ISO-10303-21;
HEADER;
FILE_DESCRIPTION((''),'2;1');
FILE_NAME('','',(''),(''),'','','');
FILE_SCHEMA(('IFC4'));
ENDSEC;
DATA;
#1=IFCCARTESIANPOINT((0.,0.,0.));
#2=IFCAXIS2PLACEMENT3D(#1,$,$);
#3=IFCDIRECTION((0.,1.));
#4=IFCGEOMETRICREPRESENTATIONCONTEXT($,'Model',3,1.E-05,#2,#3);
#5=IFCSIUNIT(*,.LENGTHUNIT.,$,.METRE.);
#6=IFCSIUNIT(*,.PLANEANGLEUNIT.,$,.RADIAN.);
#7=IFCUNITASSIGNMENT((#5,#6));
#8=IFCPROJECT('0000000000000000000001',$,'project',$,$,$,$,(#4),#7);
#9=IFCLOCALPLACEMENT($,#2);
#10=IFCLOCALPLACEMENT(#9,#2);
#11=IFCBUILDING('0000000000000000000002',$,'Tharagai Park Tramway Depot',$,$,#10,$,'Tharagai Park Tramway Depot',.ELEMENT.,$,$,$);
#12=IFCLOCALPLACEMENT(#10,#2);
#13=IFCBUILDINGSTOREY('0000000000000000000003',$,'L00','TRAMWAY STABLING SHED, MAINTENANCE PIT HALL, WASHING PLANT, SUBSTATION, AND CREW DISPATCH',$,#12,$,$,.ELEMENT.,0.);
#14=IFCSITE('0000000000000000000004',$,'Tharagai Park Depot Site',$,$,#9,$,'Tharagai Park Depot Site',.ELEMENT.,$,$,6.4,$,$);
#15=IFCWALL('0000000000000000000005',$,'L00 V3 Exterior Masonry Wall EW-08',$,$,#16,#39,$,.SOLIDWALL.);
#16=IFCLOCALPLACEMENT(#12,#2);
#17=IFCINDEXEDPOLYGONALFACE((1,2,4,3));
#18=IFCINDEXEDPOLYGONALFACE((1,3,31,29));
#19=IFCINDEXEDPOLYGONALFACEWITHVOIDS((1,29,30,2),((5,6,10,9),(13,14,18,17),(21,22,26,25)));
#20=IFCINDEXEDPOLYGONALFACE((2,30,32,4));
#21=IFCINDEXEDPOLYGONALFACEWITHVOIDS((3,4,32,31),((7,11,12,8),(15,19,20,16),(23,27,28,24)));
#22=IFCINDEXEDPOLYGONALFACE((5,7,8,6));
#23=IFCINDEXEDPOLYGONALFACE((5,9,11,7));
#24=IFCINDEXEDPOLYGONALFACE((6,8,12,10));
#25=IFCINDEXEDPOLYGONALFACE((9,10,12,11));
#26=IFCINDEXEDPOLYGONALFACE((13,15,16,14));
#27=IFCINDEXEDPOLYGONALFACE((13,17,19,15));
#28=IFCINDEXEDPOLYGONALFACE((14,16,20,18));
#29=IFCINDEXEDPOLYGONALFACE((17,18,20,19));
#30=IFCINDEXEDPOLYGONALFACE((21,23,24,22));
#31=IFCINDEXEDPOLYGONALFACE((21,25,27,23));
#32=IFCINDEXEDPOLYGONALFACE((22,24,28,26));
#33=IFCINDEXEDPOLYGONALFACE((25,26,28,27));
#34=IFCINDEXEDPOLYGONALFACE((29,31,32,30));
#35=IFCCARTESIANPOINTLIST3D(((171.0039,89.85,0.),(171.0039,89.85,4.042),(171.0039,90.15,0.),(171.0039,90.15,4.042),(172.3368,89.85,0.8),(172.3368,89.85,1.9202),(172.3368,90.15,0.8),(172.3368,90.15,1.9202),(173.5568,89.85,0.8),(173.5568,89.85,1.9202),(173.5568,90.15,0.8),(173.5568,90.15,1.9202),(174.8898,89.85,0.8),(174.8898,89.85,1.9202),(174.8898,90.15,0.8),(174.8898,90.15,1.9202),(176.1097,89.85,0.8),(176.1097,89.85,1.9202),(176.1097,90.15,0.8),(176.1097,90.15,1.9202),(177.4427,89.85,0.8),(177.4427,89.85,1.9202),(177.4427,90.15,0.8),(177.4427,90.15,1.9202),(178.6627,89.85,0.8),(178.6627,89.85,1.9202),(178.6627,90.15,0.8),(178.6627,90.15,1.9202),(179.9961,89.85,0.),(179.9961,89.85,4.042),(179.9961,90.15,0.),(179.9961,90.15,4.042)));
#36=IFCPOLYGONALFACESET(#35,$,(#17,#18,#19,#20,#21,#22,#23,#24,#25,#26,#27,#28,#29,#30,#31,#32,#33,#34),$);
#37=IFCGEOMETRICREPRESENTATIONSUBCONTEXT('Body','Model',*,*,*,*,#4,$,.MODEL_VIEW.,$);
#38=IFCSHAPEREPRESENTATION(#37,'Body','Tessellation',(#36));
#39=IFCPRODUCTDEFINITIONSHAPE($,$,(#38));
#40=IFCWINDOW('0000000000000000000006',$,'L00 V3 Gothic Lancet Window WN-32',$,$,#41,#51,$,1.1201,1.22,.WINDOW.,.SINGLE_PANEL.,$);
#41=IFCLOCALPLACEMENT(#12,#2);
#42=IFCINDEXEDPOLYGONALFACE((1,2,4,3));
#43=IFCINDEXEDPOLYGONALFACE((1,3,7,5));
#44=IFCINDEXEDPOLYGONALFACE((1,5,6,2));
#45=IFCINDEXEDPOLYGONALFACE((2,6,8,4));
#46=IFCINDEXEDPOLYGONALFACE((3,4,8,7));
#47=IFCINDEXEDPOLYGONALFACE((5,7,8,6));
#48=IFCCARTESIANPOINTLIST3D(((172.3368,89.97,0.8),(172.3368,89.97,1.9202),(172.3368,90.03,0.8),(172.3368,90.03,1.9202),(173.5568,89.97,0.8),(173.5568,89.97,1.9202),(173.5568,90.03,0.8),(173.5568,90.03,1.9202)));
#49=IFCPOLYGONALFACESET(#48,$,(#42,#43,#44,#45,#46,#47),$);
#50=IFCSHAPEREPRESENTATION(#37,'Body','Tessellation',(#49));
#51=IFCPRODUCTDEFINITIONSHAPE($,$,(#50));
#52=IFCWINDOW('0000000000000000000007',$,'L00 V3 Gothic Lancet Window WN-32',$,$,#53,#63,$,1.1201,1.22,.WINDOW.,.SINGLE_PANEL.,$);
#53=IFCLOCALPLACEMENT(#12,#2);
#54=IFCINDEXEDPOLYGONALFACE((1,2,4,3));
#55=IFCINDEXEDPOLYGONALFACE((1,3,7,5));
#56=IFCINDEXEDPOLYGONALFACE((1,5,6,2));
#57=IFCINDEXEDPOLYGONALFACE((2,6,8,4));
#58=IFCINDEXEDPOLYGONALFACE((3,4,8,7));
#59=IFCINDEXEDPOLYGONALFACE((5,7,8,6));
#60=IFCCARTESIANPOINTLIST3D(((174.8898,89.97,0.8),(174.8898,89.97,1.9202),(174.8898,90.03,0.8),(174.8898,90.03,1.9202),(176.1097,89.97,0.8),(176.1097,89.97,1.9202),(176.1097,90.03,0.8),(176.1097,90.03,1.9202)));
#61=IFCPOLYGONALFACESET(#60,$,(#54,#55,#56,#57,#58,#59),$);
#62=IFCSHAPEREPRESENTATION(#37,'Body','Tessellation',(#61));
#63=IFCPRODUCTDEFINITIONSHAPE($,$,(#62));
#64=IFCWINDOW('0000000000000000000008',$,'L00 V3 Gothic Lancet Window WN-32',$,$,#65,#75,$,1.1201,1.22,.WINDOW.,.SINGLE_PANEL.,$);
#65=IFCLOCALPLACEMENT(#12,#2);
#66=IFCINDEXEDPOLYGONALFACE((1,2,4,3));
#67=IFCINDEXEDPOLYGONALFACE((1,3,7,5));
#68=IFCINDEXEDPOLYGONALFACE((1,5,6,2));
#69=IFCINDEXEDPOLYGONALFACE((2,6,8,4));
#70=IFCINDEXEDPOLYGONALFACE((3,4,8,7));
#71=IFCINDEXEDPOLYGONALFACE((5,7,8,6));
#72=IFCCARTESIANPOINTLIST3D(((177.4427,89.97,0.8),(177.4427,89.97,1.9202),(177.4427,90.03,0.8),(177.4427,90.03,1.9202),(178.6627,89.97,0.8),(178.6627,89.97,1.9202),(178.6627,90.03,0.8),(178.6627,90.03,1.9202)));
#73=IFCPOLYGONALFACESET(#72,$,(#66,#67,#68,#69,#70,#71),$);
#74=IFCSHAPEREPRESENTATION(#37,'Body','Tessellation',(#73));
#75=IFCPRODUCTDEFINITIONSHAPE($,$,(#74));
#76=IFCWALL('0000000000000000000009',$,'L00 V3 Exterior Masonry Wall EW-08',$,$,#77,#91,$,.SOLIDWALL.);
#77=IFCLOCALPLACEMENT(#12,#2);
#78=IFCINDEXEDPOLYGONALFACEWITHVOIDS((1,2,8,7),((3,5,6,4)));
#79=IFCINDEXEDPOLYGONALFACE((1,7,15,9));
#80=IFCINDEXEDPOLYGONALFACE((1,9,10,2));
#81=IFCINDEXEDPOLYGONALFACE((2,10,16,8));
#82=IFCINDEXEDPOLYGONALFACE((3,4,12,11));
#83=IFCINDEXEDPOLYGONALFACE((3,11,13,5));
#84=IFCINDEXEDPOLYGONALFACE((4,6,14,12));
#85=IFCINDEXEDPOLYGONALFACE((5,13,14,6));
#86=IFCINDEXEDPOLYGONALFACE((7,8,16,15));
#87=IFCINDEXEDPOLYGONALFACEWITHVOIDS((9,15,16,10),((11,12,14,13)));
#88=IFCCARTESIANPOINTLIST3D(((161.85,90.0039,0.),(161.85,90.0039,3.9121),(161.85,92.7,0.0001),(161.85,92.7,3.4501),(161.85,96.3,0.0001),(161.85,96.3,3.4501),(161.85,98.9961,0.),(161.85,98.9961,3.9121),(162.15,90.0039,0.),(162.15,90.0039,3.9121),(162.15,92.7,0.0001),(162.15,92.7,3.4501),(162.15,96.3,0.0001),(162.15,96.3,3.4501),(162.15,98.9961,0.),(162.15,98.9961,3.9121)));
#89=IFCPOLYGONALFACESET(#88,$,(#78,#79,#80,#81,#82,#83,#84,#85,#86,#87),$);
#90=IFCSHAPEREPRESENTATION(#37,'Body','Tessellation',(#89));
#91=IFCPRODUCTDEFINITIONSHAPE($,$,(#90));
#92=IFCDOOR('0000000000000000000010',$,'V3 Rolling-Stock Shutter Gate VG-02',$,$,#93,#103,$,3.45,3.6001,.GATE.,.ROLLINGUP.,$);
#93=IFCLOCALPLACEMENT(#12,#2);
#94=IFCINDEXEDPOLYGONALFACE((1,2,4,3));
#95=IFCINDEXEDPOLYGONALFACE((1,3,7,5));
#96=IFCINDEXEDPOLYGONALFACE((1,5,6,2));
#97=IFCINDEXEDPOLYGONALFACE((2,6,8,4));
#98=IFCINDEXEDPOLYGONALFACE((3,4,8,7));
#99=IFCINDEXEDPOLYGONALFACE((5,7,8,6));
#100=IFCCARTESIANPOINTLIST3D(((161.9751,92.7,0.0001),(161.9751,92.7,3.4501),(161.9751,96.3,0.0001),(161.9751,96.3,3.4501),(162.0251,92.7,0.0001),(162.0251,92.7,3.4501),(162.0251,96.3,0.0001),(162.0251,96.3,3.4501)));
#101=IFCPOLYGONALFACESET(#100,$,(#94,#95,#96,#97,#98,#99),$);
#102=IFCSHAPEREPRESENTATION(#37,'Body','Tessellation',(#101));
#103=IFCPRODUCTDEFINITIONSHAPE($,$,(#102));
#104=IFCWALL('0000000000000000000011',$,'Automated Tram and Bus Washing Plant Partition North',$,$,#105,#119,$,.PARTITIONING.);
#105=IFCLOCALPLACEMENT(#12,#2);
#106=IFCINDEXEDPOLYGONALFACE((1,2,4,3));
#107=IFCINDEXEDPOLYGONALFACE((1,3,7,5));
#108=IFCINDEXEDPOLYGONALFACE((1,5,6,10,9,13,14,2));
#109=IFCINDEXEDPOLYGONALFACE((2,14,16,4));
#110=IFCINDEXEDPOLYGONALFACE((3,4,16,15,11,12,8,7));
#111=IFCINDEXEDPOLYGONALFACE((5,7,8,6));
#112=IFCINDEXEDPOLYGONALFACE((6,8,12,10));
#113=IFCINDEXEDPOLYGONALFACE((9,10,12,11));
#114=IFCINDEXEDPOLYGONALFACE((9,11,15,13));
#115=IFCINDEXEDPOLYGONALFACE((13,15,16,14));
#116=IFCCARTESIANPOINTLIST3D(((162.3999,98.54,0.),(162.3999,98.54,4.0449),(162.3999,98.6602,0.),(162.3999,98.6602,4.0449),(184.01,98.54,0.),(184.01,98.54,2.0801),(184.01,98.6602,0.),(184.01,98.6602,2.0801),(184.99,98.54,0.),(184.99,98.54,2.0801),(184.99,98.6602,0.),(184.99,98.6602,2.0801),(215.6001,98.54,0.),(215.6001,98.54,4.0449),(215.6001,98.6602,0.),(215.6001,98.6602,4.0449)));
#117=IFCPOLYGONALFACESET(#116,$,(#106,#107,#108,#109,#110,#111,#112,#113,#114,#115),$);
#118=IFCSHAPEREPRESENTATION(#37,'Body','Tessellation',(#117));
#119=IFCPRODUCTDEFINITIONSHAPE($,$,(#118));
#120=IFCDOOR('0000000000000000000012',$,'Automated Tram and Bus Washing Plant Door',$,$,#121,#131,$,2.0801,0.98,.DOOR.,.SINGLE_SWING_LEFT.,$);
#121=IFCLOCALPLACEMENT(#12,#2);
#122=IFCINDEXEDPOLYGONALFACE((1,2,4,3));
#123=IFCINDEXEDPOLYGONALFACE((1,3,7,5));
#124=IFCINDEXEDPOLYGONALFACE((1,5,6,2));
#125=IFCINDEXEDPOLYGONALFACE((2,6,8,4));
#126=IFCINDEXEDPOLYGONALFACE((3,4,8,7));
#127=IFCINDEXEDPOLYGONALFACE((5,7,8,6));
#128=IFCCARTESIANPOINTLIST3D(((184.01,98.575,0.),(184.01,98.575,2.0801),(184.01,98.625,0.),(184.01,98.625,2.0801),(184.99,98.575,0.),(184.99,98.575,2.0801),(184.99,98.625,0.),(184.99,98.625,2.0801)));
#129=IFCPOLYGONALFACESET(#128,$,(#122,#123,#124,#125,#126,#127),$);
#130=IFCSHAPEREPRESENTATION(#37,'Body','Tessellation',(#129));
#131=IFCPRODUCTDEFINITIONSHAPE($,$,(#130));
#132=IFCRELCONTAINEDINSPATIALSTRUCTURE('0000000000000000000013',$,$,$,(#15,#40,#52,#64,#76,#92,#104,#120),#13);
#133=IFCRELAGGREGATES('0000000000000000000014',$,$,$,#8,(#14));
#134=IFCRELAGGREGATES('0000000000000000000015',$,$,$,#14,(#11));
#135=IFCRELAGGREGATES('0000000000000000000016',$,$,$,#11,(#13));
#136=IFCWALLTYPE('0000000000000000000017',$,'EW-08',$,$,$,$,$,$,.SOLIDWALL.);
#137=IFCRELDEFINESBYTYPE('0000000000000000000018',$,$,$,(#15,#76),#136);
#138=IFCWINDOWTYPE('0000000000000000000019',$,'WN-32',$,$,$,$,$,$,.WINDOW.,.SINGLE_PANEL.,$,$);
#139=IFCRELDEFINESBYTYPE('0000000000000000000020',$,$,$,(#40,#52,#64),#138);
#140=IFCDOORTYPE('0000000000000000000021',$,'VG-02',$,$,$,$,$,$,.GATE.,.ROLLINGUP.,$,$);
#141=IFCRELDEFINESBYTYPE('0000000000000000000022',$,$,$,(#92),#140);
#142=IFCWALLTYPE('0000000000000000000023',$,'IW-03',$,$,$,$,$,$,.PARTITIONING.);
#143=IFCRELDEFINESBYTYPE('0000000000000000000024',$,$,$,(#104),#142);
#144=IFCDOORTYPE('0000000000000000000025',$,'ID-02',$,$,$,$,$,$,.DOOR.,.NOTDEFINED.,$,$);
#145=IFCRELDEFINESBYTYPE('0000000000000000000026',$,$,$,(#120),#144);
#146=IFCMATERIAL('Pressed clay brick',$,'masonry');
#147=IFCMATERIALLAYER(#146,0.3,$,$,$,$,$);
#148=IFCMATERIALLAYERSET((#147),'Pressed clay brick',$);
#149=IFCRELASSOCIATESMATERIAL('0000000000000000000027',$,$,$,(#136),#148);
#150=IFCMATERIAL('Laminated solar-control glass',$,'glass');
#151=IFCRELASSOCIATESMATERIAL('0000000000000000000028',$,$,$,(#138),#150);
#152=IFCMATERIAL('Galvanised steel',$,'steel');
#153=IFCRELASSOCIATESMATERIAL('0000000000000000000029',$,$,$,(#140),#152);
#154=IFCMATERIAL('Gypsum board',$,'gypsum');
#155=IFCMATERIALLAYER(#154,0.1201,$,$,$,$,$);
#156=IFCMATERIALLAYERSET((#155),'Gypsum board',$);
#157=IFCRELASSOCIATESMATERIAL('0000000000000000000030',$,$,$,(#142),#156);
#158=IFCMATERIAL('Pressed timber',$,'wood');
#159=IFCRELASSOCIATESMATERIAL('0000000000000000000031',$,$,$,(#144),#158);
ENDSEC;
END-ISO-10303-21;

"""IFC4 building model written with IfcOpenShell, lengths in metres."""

from ifc_helpers import new_model, si_unit, direction, frame, frame_2d, origin, place, context, subcontext, project, spatial, rectangle, extrude, material, layer, layer_set, type_object, element, fill, save


model = new_model("IFC4")

# Units and contexts
model_context = context("Model", 3, precision=1e-05, world=origin(), true_north=direction((0.0, 1.0)))
body_context = subcontext(model_context, "Body", "Model", "MODEL_VIEW")
ifc_project = project(units=[si_unit("LENGTHUNIT", "METRE"), si_unit("PLANEANGLEUNIT", "RADIAN")], contexts=[model_context])

# Site, building, storey
site_placement = place(None, origin())
site = spatial("IfcSite", under=ifc_project, at=site_placement, Name="Tharagai Park Depot Site", LongName="Tharagai Park Depot Site", CompositionType="ELEMENT", RefElevation=6.4)
building_placement = place(site_placement, origin())
building = spatial("IfcBuilding", under=site, at=building_placement, Name="Tharagai Park Tramway Depot", LongName="Tharagai Park Tramway Depot", CompositionType="ELEMENT")
storey_placement = place(building_placement, origin())
storey = spatial("IfcBuildingStorey", under=building, at=storey_placement, Name="L00", Description="TRAMWAY STABLING SHED, MAINTENANCE PIT HALL, WASHING PLANT, SUBSTATION, AND CREW DISPATCH", CompositionType="ELEMENT", Elevation=0.0)

# Wall, openings, windows
ifc_material_1 = material(Name="Pressed clay brick", Category="masonry")
ifc_layer_1 = layer(ifc_material_1, 0.3)
ifc_layer_set_1 = layer_set([ifc_layer_1], Name="Pressed clay brick")
wall_type_1 = type_object("IfcWallType", Name="EW-08", PredefinedType="SOLIDWALL", material=ifc_layer_set_1)
wall_1_placement = place(storey_placement, frame((171.0039, 90.0, 0.0), z_axis=(0.0, 0.0, 1.0), x_axis=(1.0, 0.0, 0.0)))
wall_1 = element("IfcWall", 1, at=wall_1_placement, inside=storey, type_object=wall_type_1, Name="L00 V3 Exterior Masonry Wall EW-08", PredefinedType="SOLIDWALL", context=body_context, shape_type="SweptSolid", body=[
    extrude(rectangle(XDim=8.9922, YDim=0.3, at=frame_2d((4.4961, 0.0))), origin(), (0.0, 0.0, 1.0), 4.042),
])
opening_1_placement = place(wall_1_placement, frame((1.333, 0.0, 0.8)))
opening_1 = element("IfcOpeningElement", 2, at=opening_1_placement, cuts=wall_1, PredefinedType="OPENING", context=body_context, shape_type="SweptSolid", body=[
    extrude(rectangle(XDim=1.22, YDim=1.1201, at=frame_2d((0.6099, 0.5601))), frame((0.0, 0.1599, 0.0), z_axis=(0.0, -1.0, 0.0), x_axis=(1.0, 0.0, 0.0)), (0.0, 0.0, 1.0), 0.3201),
])
opening_2_placement = place(wall_1_placement, frame((3.886, 0.0, 0.8)))
opening_2 = element("IfcOpeningElement", 3, at=opening_2_placement, cuts=wall_1, PredefinedType="OPENING", context=body_context, shape_type="SweptSolid", body=[
    extrude(rectangle(XDim=1.22, YDim=1.1201, at=frame_2d((0.6099, 0.5601))), frame((0.0, 0.1599, 0.0), z_axis=(0.0, -1.0, 0.0), x_axis=(1.0, 0.0, 0.0)), (0.0, 0.0, 1.0), 0.3201),
])
opening_3_placement = place(wall_1_placement, frame((6.439, 0.0, 0.8)))
opening_3 = element("IfcOpeningElement", 4, at=opening_3_placement, cuts=wall_1, PredefinedType="OPENING", context=body_context, shape_type="SweptSolid", body=[
    extrude(rectangle(XDim=1.22, YDim=1.1201, at=frame_2d((0.6099, 0.5601))), frame((0.0, 0.1599, 0.0), z_axis=(0.0, -1.0, 0.0), x_axis=(1.0, 0.0, 0.0)), (0.0, 0.0, 1.0), 0.3201),
])
ifc_material_2 = material(Name="Laminated solar-control glass", Category="glass")
window_type = type_object("IfcWindowType", Name="WN-32", PartitioningType="SINGLE_PANEL", PredefinedType="WINDOW", material=ifc_material_2)
window_1_placement = place(opening_1_placement, origin())
window_1 = element("IfcWindow", 5, at=window_1_placement, inside=storey, type_object=window_type, Name="L00 V3 Gothic Lancet Window WN-32", OverallHeight=1.1201, OverallWidth=1.22, PartitioningType="SINGLE_PANEL", PredefinedType="WINDOW", context=body_context, shape_type="SweptSolid", body=[
    extrude(rectangle(XDim=1.22, YDim=1.1201, at=frame_2d((0.6099, 0.5601))), frame((0.0, 0.03, 0.0), z_axis=(0.0, -1.0, 0.0), x_axis=(1.0, 0.0, 0.0)), (0.0, 0.0, 1.0), 0.0601),
])
fill(opening_1, window_1)
window_2_placement = place(opening_2_placement, origin())
window_2 = element("IfcWindow", 6, at=window_2_placement, inside=storey, type_object=window_type, Name="L00 V3 Gothic Lancet Window WN-32", OverallHeight=1.1201, OverallWidth=1.22, PartitioningType="SINGLE_PANEL", PredefinedType="WINDOW", context=body_context, shape_type="SweptSolid", body=[
    extrude(rectangle(XDim=1.22, YDim=1.1201, at=frame_2d((0.6099, 0.5601))), frame((0.0, 0.03, 0.0), z_axis=(0.0, -1.0, 0.0), x_axis=(1.0, 0.0, 0.0)), (0.0, 0.0, 1.0), 0.0601),
])
fill(opening_2, window_2)
window_3_placement = place(opening_3_placement, origin())
window_3 = element("IfcWindow", 7, at=window_3_placement, inside=storey, type_object=window_type, Name="L00 V3 Gothic Lancet Window WN-32", OverallHeight=1.1201, OverallWidth=1.22, PartitioningType="SINGLE_PANEL", PredefinedType="WINDOW", context=body_context, shape_type="SweptSolid", body=[
    extrude(rectangle(XDim=1.22, YDim=1.1201, at=frame_2d((0.6099, 0.5601))), frame((0.0, 0.03, 0.0), z_axis=(0.0, -1.0, 0.0), x_axis=(1.0, 0.0, 0.0)), (0.0, 0.0, 1.0), 0.0601),
])
fill(opening_3, window_3)

# Walls, openings, doors
wall_2_placement = place(storey_placement, frame((162.0, 90.0039, 0.0), z_axis=(0.0, 0.0, 1.0), x_axis=(0.0, 1.0, 0.0)))
wall_2 = element("IfcWall", 8, at=wall_2_placement, inside=storey, type_object=wall_type_1, Name="L00 V3 Exterior Masonry Wall EW-08", PredefinedType="SOLIDWALL", context=body_context, shape_type="SweptSolid", body=[
    extrude(rectangle(XDim=8.9922, YDim=0.3, at=frame_2d((4.4961, 0.0))), origin(), (0.0, 0.0, 1.0), 3.9121),
])
opening_4_placement = place(wall_2_placement, frame((2.696, 0.0, 0.0)))
opening_4 = element("IfcOpeningElement", 9, at=opening_4_placement, cuts=wall_2, PredefinedType="OPENING", context=body_context, shape_type="SweptSolid", body=[
    extrude(rectangle(XDim=3.6001, YDim=3.45, at=frame_2d((1.8, 1.7251))), frame((0.0, 0.1599, 0.0), z_axis=(0.0, -1.0, 0.0), x_axis=(1.0, 0.0, 0.0)), (0.0, 0.0, 1.0), 0.3201),
])
ifc_material_3 = material(Name="Galvanised steel", Category="steel")
door_type_1 = type_object("IfcDoorType", Name="VG-02", OperationType="ROLLINGUP", PredefinedType="GATE", material=ifc_material_3)
door_1_placement = place(opening_4_placement, origin())
door_1 = element("IfcDoor", 10, at=door_1_placement, inside=storey, type_object=door_type_1, Name="V3 Rolling-Stock Shutter Gate VG-02", OperationType="ROLLINGUP", OverallHeight=3.45, OverallWidth=3.6001, PredefinedType="GATE", context=body_context, shape_type="SweptSolid", body=[
    extrude(rectangle(XDim=3.6001, YDim=3.45, at=frame_2d((1.8, 1.7251))), frame((0.0, 0.0249, 0.0), z_axis=(0.0, -1.0, 0.0), x_axis=(1.0, 0.0, 0.0)), (0.0, 0.0, 1.0), 0.05),
])
fill(opening_4, door_1)
ifc_material_4 = material(Name="Gypsum board", Category="gypsum")
ifc_layer_2 = layer(ifc_material_4, 0.1201)
ifc_layer_set_2 = layer_set([ifc_layer_2], Name="Gypsum board")
wall_type_2 = type_object("IfcWallType", Name="IW-03", PredefinedType="PARTITIONING", material=ifc_layer_set_2)
wall_3_placement = place(storey_placement, frame((162.3999, 98.6001, 0.0), z_axis=(0.0, 0.0, 1.0), x_axis=(1.0, 0.0, 0.0)))
wall_3 = element("IfcWall", 11, at=wall_3_placement, inside=storey, type_object=wall_type_2, Name="Automated Tram and Bus Washing Plant Partition North", PredefinedType="PARTITIONING", context=body_context, shape_type="SweptSolid", body=[
    extrude(rectangle(XDim=53.2002, YDim=0.1201, at=frame_2d((26.6001, 0.0))), origin(), (0.0, 0.0, 1.0), 4.0449),
])
opening_5_placement = place(wall_3_placement, frame((21.6101, 0.0, 0.0)))
opening_5 = element("IfcOpeningElement", 12, at=opening_5_placement, cuts=wall_3, PredefinedType="OPENING", context=body_context, shape_type="SweptSolid", body=[
    extrude(rectangle(XDim=0.98, YDim=2.0801, at=frame_2d((0.49, 1.04))), frame((0.0, 0.0701, 0.0), z_axis=(0.0, -1.0, 0.0), x_axis=(1.0, 0.0, 0.0)), (0.0, 0.0, 1.0), 0.1401),
])
ifc_material_5 = material(Name="Pressed timber", Category="wood")
door_type_2 = type_object("IfcDoorType", Name="ID-02", OperationType="NOTDEFINED", PredefinedType="DOOR", material=ifc_material_5)
door_2_placement = place(opening_5_placement, origin())
door_2 = element("IfcDoor", 13, at=door_2_placement, inside=storey, type_object=door_type_2, Name="Automated Tram and Bus Washing Plant Door", OperationType="SINGLE_SWING_LEFT", OverallHeight=2.0801, OverallWidth=0.98, PredefinedType="DOOR", context=body_context, shape_type="SweptSolid", body=[
    extrude(rectangle(XDim=0.98, YDim=2.0801, at=frame_2d((0.49, 1.04))), frame((0.0, 0.0249, 0.0), z_axis=(0.0, -1.0, 0.0), x_axis=(1.0, 0.0, 0.0)), (0.0, 0.0, 1.0), 0.05),
])
fill(opening_5, door_2)

save(model, "model.ifc")
